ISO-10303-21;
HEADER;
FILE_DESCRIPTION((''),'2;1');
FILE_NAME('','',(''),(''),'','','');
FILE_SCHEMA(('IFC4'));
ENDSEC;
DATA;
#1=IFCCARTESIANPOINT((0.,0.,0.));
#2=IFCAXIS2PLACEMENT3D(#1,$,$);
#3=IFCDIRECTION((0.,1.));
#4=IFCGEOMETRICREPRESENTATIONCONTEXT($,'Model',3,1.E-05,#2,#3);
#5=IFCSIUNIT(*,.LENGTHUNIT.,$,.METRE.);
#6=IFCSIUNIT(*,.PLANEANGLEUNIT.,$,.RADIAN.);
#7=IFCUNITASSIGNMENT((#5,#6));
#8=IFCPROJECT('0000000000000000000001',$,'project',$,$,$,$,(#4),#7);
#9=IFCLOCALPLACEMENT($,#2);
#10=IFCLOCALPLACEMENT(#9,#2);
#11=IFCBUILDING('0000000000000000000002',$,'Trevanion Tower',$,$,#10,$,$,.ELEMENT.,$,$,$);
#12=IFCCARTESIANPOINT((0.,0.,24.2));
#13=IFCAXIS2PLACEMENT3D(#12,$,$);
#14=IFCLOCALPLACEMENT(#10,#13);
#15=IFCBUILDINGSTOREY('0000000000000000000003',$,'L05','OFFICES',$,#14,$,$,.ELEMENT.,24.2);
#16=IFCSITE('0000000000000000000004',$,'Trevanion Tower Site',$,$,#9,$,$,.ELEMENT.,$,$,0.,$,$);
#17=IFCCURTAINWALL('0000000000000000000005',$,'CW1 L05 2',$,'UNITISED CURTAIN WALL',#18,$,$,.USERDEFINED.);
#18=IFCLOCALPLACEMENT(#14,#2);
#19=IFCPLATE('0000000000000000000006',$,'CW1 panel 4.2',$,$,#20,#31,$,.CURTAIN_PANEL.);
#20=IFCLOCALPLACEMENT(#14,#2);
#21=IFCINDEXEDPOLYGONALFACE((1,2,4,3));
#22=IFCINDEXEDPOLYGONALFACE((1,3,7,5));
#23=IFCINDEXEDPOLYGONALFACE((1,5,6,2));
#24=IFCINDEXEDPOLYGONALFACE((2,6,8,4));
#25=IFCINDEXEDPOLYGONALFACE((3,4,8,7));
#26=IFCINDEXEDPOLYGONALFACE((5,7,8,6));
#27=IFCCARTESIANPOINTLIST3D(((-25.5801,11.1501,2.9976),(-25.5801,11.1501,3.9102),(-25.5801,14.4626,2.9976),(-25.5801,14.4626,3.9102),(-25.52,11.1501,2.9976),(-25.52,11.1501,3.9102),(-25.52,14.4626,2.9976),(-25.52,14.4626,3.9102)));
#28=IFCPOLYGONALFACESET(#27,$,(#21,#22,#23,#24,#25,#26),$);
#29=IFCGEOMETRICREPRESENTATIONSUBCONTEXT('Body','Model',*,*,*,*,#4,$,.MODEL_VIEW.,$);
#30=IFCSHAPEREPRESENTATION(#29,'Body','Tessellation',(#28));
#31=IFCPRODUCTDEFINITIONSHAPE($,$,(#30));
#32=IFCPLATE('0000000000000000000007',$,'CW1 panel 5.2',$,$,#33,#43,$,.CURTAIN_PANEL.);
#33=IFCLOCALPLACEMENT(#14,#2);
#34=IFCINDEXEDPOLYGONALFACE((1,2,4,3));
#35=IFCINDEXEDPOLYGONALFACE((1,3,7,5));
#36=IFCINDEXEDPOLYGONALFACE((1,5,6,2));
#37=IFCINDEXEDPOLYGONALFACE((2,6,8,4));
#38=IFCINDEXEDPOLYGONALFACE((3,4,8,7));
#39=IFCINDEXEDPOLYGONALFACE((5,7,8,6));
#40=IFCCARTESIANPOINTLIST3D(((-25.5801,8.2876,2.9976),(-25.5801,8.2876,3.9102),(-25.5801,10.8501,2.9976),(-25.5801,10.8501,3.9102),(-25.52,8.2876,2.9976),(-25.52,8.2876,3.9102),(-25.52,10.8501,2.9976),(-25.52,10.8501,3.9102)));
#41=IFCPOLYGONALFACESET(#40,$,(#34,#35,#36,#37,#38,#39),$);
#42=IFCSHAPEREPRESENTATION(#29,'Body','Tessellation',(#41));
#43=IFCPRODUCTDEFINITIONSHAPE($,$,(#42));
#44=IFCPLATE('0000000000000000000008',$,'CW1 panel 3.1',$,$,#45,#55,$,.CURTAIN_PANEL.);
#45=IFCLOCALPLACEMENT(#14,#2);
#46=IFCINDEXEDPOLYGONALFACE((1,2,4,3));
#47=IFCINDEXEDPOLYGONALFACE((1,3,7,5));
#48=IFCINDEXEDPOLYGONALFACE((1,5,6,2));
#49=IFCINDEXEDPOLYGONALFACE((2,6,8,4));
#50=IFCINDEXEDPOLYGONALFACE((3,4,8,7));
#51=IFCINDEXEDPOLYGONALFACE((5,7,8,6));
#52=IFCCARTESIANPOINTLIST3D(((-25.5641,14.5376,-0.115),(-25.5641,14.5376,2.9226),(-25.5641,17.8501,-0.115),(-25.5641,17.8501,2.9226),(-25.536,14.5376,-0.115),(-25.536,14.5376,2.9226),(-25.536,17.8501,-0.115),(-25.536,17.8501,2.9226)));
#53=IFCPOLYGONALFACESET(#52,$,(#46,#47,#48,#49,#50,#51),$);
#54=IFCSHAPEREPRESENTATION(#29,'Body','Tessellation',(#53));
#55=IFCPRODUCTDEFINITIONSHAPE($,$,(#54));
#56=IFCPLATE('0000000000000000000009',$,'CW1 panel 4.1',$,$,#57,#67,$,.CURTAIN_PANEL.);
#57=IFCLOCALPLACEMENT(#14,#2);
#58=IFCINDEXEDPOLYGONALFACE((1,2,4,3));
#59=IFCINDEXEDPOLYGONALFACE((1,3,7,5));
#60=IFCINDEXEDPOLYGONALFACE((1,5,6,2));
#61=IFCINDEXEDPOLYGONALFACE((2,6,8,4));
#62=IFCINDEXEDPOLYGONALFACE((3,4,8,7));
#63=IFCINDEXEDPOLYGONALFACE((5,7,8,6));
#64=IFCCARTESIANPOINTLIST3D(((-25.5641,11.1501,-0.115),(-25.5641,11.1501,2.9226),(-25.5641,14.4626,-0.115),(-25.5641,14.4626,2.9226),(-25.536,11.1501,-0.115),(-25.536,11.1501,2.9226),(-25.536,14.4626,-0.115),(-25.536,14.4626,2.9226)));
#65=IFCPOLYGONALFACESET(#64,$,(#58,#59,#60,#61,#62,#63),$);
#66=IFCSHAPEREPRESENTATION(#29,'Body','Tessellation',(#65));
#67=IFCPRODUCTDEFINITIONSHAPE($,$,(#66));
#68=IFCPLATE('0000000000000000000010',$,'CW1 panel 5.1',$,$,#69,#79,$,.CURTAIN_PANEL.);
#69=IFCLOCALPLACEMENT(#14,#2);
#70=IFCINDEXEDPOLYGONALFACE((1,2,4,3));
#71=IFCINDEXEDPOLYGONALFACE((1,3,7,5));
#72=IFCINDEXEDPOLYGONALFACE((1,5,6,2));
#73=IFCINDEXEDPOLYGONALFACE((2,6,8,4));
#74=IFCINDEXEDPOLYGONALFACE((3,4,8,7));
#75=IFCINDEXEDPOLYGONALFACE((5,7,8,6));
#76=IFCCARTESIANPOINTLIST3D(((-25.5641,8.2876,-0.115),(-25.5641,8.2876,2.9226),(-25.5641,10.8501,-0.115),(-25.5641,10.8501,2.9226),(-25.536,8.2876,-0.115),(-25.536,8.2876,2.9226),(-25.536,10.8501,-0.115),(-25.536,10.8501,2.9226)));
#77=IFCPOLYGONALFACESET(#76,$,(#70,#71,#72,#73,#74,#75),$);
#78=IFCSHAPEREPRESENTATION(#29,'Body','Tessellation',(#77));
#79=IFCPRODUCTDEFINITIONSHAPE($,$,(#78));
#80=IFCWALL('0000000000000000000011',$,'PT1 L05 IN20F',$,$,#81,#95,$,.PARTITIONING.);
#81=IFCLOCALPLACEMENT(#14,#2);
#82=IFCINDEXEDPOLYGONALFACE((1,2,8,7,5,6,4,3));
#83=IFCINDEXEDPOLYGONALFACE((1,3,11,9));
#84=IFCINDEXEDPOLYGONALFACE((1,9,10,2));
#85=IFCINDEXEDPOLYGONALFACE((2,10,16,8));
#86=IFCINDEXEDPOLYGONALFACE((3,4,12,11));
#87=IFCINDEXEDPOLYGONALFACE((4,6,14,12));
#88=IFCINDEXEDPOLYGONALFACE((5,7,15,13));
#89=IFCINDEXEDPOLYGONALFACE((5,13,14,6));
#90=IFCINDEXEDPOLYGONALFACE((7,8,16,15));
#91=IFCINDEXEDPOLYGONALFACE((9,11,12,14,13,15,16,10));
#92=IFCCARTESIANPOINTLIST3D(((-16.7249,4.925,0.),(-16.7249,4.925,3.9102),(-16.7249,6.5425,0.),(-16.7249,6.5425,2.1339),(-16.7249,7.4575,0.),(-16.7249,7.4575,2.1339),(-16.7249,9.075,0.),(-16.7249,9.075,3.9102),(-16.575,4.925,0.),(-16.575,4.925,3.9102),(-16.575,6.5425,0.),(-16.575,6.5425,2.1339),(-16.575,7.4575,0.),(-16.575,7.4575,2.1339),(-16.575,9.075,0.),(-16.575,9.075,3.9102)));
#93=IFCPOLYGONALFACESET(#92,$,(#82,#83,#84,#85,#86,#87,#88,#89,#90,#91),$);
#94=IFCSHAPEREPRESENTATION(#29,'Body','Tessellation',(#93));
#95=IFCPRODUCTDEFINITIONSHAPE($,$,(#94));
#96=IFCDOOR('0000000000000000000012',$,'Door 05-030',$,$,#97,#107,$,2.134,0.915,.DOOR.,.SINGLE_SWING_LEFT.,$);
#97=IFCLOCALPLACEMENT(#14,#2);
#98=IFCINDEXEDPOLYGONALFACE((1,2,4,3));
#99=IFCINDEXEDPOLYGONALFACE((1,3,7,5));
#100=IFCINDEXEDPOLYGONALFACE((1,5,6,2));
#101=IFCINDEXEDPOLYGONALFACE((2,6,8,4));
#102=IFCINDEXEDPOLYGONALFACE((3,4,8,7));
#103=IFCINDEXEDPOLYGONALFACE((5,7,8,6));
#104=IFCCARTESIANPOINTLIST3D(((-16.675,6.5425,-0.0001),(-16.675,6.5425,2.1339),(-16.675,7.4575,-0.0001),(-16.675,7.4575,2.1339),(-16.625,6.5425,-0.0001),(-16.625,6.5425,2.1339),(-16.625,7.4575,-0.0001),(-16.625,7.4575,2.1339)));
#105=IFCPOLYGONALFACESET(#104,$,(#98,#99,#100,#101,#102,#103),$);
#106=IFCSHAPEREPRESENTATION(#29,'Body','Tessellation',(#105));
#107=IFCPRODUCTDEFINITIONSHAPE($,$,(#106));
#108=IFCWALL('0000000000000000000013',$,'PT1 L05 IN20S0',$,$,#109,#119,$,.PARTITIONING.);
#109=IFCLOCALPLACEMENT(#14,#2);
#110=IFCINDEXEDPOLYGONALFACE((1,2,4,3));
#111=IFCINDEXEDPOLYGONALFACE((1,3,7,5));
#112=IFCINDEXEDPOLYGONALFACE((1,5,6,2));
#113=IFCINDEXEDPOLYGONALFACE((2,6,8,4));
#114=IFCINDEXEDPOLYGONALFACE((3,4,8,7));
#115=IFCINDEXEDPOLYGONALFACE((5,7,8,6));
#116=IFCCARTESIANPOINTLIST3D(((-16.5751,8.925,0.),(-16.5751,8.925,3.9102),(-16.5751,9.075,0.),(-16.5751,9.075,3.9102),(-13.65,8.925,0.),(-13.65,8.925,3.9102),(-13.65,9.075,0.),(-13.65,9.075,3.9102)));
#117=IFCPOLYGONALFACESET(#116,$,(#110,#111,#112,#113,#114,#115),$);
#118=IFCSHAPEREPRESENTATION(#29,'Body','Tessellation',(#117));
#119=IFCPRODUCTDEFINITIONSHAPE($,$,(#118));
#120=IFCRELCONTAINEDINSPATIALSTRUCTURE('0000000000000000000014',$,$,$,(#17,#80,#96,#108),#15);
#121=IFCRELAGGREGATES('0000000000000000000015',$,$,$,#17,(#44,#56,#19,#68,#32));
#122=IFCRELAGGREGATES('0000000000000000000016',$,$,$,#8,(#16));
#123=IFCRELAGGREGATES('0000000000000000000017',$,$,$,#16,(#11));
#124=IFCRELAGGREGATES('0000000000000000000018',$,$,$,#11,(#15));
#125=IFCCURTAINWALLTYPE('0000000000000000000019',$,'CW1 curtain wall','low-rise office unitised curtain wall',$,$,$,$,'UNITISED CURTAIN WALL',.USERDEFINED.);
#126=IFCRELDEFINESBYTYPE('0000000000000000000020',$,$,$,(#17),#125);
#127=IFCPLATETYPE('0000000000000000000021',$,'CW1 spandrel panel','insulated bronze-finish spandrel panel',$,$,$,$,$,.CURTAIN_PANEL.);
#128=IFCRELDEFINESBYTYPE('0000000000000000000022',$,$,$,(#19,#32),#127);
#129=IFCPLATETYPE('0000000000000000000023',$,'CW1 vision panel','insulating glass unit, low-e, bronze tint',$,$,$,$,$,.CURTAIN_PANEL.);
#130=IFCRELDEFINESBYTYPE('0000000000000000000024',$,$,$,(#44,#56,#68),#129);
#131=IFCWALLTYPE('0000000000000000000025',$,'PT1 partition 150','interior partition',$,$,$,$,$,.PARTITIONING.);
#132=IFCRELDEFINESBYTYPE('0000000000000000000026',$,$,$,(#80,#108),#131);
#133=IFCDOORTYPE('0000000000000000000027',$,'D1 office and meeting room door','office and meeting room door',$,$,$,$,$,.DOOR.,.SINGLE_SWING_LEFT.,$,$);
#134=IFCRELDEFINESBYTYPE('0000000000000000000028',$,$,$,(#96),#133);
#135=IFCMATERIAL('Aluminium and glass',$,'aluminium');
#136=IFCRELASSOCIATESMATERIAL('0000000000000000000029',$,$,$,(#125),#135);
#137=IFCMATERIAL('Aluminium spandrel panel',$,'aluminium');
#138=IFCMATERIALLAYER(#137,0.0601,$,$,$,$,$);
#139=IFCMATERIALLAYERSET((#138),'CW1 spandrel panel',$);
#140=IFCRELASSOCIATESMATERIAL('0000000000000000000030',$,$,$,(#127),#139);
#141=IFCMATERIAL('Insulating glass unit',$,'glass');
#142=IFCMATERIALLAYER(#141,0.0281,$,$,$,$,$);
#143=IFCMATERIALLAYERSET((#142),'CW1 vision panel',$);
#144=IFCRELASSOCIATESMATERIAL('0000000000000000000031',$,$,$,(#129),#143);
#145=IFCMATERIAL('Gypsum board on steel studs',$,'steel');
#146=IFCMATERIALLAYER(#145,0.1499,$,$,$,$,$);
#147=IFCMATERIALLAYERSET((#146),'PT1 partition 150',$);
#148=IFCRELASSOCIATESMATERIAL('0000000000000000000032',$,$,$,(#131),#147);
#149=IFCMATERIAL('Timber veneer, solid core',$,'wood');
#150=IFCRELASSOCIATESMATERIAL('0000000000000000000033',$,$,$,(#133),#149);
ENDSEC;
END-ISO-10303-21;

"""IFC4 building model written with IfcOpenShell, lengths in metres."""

from ifc_helpers import new_model, si_unit, direction, frame, frame_2d, origin, origin_2d, place, context, subcontext, project, spatial, rectangle, extrude, material, layer, layer_set, type_object, element, fill, aggregate, save


model = new_model("IFC4")

# Units and contexts
model_context = context("Model", 3, precision=1e-05, world=origin(), true_north=direction((0.0, 1.0)))
body_context = subcontext(model_context, "Body", "Model", "MODEL_VIEW")
ifc_project = project(units=[si_unit("LENGTHUNIT", "METRE"), si_unit("PLANEANGLEUNIT", "RADIAN")], contexts=[model_context])

# Site, building, storey
site_placement = place(None, origin())
site = spatial("IfcSite", under=ifc_project, at=site_placement, Name="Trevanion Tower Site", CompositionType="ELEMENT", RefElevation=0.0)
building_placement = place(site_placement, origin())
building = spatial("IfcBuilding", under=site, at=building_placement, Name="Trevanion Tower", CompositionType="ELEMENT")
storey_placement = place(building_placement, frame((0.0, 0.0, 24.2)))
storey = spatial("IfcBuildingStorey", under=building, at=storey_placement, Name="L05", Description="OFFICES", CompositionType="ELEMENT", Elevation=24.2)

# Curtain wall
ifc_material_1 = material(Name="Aluminium and glass", Category="aluminium")
curtain_wall_type = type_object("IfcCurtainWallType", Name="CW1 curtain wall", Description="low-rise office unitised curtain wall", ElementType="UNITISED CURTAIN WALL", PredefinedType="USERDEFINED", material=ifc_material_1)
curtain_wall_placement = place(storey_placement, origin())
curtain_wall = element("IfcCurtainWall", 1, at=curtain_wall_placement, inside=storey, type_object=curtain_wall_type, Name="CW1 L05 2", ObjectType="UNITISED CURTAIN WALL", PredefinedType="USERDEFINED")

# Plates
ifc_material_2 = material(Name="Aluminium spandrel panel", Category="aluminium")
ifc_layer_1 = layer(ifc_material_2, 0.0601)
ifc_layer_set_1 = layer_set([ifc_layer_1], Name="CW1 spandrel panel")
plate_type_1 = type_object("IfcPlateType", Name="CW1 spandrel panel", Description="insulated bronze-finish spandrel panel", PredefinedType="CURTAIN_PANEL", material=ifc_layer_set_1)
plate_1_placement = place(storey_placement, frame((-25.55, 12.8064, 2.9976), z_axis=(0.0, 0.0, 1.0), x_axis=(0.0, -1.0, 0.0)))
plate_1 = element("IfcPlate", 2, at=plate_1_placement, type_object=plate_type_1, Name="CW1 panel 4.2", PredefinedType="CURTAIN_PANEL", context=body_context, shape_type="SweptSolid", body=[
    extrude(rectangle(XDim=3.3125, YDim=0.0601, at=origin_2d()), origin(), (0.0, 0.0, 1.0), 0.9126),
])
plate_2_placement = place(storey_placement, frame((-25.55, 9.5688, 2.9976), z_axis=(0.0, 0.0, 1.0), x_axis=(0.0, -1.0, 0.0)))
plate_2 = element("IfcPlate", 3, at=plate_2_placement, type_object=plate_type_1, Name="CW1 panel 5.2", PredefinedType="CURTAIN_PANEL", context=body_context, shape_type="SweptSolid", body=[
    extrude(rectangle(XDim=2.5625, YDim=0.0601, at=origin_2d()), origin(), (0.0, 0.0, 1.0), 0.9126),
])
ifc_material_3 = material(Name="Insulating glass unit", Category="glass")
ifc_layer_2 = layer(ifc_material_3, 0.0281)
ifc_layer_set_2 = layer_set([ifc_layer_2], Name="CW1 vision panel")
plate_type_2 = type_object("IfcPlateType", Name="CW1 vision panel", Description="insulating glass unit, low-e, bronze tint", PredefinedType="CURTAIN_PANEL", material=ifc_layer_set_2)
plate_3_placement = place(storey_placement, frame((-25.55, 16.1938, -0.115), z_axis=(0.0, 0.0, 1.0), x_axis=(0.0, -1.0, 0.0)))
plate_3 = element("IfcPlate", 4, at=plate_3_placement, type_object=plate_type_2, Name="CW1 panel 3.1", PredefinedType="CURTAIN_PANEL", context=body_context, shape_type="SweptSolid", body=[
    extrude(rectangle(XDim=3.3125, YDim=0.0281, at=origin_2d()), origin(), (0.0, 0.0, 1.0), 3.0376),
])
plate_4_placement = place(storey_placement, frame((-25.55, 12.8064, -0.115), z_axis=(0.0, 0.0, 1.0), x_axis=(0.0, -1.0, 0.0)))
plate_4 = element("IfcPlate", 5, at=plate_4_placement, type_object=plate_type_2, Name="CW1 panel 4.1", PredefinedType="CURTAIN_PANEL", context=body_context, shape_type="SweptSolid", body=[
    extrude(rectangle(XDim=3.3125, YDim=0.0281, at=origin_2d()), origin(), (0.0, 0.0, 1.0), 3.0376),
])
plate_5_placement = place(storey_placement, frame((-25.55, 9.5688, -0.115), z_axis=(0.0, 0.0, 1.0), x_axis=(0.0, -1.0, 0.0)))
plate_5 = element("IfcPlate", 6, at=plate_5_placement, type_object=plate_type_2, Name="CW1 panel 5.1", PredefinedType="CURTAIN_PANEL", context=body_context, shape_type="SweptSolid", body=[
    extrude(rectangle(XDim=2.5625, YDim=0.0281, at=origin_2d()), origin(), (0.0, 0.0, 1.0), 3.0376),
])
aggregate(curtain_wall, [plate_3, plate_4, plate_1, plate_5, plate_2])

# Wall, opening, door
ifc_material_4 = material(Name="Gypsum board on steel studs", Category="steel")
ifc_layer_3 = layer(ifc_material_4, 0.1499)
ifc_layer_set_3 = layer_set([ifc_layer_3], Name="PT1 partition 150")
wall_type = type_object("IfcWallType", Name="PT1 partition 150", Description="interior partition", PredefinedType="PARTITIONING", material=ifc_layer_set_3)
wall_1_placement = place(storey_placement, frame((-16.6499, 9.075, 0.0), z_axis=(0.0, 0.0, 1.0), x_axis=(0.0, -1.0, 0.0)))
wall_1 = element("IfcWall", 7, at=wall_1_placement, inside=storey, type_object=wall_type, Name="PT1 L05 IN20F", PredefinedType="PARTITIONING", context=body_context, shape_type="SweptSolid", body=[
    extrude(rectangle(XDim=4.1499, YDim=0.1499, at=frame_2d((2.075, 0.0))), origin(), (0.0, 0.0, 1.0), 3.9102),
])
opening_placement = place(wall_1_placement, frame((1.6174, 0.0, 0.0)))
opening = element("IfcOpeningElement", 8, at=opening_placement, cuts=wall_1, PredefinedType="OPENING", context=body_context, shape_type="SweptSolid", body=[
    extrude(rectangle(XDim=0.915, YDim=2.134, at=frame_2d((0.4575, 1.0669))), frame((0.0, 0.085, 0.0), z_axis=(0.0, -1.0, 0.0), x_axis=(1.0, 0.0, 0.0)), (0.0, 0.0, 1.0), 0.1699),
])
ifc_material_5 = material(Name="Timber veneer, solid core", Category="wood")
door_type = type_object("IfcDoorType", Name="D1 office and meeting room door", Description="office and meeting room door", OperationType="SINGLE_SWING_LEFT", PredefinedType="DOOR", material=ifc_material_5)
door_placement = place(opening_placement, origin())
door = element("IfcDoor", 9, at=door_placement, inside=storey, type_object=door_type, Name="Door 05-030", OperationType="SINGLE_SWING_LEFT", OverallHeight=2.134, OverallWidth=0.915, PredefinedType="DOOR", context=body_context, shape_type="SweptSolid", body=[
    extrude(rectangle(XDim=0.915, YDim=2.134, at=frame_2d((0.4575, 1.0669))), frame((0.0, 0.0249, 0.0), z_axis=(0.0, -1.0, 0.0), x_axis=(1.0, 0.0, 0.0)), (0.0, 0.0, 1.0), 0.05),
])
fill(opening, door)

# Wall
wall_2_placement = place(storey_placement, frame((-16.575, 9.0, 0.0), z_axis=(0.0, 0.0, 1.0), x_axis=(1.0, 0.0, 0.0)))
element("IfcWall", 10, at=wall_2_placement, inside=storey, type_object=wall_type, Name="PT1 L05 IN20S0", PredefinedType="PARTITIONING", context=body_context, shape_type="SweptSolid", body=[
    extrude(rectangle(XDim=2.925, YDim=0.1499, at=frame_2d((1.4624, 0.0))), origin(), (0.0, 0.0, 1.0), 3.9102),
])

save(model, "model.ifc")
